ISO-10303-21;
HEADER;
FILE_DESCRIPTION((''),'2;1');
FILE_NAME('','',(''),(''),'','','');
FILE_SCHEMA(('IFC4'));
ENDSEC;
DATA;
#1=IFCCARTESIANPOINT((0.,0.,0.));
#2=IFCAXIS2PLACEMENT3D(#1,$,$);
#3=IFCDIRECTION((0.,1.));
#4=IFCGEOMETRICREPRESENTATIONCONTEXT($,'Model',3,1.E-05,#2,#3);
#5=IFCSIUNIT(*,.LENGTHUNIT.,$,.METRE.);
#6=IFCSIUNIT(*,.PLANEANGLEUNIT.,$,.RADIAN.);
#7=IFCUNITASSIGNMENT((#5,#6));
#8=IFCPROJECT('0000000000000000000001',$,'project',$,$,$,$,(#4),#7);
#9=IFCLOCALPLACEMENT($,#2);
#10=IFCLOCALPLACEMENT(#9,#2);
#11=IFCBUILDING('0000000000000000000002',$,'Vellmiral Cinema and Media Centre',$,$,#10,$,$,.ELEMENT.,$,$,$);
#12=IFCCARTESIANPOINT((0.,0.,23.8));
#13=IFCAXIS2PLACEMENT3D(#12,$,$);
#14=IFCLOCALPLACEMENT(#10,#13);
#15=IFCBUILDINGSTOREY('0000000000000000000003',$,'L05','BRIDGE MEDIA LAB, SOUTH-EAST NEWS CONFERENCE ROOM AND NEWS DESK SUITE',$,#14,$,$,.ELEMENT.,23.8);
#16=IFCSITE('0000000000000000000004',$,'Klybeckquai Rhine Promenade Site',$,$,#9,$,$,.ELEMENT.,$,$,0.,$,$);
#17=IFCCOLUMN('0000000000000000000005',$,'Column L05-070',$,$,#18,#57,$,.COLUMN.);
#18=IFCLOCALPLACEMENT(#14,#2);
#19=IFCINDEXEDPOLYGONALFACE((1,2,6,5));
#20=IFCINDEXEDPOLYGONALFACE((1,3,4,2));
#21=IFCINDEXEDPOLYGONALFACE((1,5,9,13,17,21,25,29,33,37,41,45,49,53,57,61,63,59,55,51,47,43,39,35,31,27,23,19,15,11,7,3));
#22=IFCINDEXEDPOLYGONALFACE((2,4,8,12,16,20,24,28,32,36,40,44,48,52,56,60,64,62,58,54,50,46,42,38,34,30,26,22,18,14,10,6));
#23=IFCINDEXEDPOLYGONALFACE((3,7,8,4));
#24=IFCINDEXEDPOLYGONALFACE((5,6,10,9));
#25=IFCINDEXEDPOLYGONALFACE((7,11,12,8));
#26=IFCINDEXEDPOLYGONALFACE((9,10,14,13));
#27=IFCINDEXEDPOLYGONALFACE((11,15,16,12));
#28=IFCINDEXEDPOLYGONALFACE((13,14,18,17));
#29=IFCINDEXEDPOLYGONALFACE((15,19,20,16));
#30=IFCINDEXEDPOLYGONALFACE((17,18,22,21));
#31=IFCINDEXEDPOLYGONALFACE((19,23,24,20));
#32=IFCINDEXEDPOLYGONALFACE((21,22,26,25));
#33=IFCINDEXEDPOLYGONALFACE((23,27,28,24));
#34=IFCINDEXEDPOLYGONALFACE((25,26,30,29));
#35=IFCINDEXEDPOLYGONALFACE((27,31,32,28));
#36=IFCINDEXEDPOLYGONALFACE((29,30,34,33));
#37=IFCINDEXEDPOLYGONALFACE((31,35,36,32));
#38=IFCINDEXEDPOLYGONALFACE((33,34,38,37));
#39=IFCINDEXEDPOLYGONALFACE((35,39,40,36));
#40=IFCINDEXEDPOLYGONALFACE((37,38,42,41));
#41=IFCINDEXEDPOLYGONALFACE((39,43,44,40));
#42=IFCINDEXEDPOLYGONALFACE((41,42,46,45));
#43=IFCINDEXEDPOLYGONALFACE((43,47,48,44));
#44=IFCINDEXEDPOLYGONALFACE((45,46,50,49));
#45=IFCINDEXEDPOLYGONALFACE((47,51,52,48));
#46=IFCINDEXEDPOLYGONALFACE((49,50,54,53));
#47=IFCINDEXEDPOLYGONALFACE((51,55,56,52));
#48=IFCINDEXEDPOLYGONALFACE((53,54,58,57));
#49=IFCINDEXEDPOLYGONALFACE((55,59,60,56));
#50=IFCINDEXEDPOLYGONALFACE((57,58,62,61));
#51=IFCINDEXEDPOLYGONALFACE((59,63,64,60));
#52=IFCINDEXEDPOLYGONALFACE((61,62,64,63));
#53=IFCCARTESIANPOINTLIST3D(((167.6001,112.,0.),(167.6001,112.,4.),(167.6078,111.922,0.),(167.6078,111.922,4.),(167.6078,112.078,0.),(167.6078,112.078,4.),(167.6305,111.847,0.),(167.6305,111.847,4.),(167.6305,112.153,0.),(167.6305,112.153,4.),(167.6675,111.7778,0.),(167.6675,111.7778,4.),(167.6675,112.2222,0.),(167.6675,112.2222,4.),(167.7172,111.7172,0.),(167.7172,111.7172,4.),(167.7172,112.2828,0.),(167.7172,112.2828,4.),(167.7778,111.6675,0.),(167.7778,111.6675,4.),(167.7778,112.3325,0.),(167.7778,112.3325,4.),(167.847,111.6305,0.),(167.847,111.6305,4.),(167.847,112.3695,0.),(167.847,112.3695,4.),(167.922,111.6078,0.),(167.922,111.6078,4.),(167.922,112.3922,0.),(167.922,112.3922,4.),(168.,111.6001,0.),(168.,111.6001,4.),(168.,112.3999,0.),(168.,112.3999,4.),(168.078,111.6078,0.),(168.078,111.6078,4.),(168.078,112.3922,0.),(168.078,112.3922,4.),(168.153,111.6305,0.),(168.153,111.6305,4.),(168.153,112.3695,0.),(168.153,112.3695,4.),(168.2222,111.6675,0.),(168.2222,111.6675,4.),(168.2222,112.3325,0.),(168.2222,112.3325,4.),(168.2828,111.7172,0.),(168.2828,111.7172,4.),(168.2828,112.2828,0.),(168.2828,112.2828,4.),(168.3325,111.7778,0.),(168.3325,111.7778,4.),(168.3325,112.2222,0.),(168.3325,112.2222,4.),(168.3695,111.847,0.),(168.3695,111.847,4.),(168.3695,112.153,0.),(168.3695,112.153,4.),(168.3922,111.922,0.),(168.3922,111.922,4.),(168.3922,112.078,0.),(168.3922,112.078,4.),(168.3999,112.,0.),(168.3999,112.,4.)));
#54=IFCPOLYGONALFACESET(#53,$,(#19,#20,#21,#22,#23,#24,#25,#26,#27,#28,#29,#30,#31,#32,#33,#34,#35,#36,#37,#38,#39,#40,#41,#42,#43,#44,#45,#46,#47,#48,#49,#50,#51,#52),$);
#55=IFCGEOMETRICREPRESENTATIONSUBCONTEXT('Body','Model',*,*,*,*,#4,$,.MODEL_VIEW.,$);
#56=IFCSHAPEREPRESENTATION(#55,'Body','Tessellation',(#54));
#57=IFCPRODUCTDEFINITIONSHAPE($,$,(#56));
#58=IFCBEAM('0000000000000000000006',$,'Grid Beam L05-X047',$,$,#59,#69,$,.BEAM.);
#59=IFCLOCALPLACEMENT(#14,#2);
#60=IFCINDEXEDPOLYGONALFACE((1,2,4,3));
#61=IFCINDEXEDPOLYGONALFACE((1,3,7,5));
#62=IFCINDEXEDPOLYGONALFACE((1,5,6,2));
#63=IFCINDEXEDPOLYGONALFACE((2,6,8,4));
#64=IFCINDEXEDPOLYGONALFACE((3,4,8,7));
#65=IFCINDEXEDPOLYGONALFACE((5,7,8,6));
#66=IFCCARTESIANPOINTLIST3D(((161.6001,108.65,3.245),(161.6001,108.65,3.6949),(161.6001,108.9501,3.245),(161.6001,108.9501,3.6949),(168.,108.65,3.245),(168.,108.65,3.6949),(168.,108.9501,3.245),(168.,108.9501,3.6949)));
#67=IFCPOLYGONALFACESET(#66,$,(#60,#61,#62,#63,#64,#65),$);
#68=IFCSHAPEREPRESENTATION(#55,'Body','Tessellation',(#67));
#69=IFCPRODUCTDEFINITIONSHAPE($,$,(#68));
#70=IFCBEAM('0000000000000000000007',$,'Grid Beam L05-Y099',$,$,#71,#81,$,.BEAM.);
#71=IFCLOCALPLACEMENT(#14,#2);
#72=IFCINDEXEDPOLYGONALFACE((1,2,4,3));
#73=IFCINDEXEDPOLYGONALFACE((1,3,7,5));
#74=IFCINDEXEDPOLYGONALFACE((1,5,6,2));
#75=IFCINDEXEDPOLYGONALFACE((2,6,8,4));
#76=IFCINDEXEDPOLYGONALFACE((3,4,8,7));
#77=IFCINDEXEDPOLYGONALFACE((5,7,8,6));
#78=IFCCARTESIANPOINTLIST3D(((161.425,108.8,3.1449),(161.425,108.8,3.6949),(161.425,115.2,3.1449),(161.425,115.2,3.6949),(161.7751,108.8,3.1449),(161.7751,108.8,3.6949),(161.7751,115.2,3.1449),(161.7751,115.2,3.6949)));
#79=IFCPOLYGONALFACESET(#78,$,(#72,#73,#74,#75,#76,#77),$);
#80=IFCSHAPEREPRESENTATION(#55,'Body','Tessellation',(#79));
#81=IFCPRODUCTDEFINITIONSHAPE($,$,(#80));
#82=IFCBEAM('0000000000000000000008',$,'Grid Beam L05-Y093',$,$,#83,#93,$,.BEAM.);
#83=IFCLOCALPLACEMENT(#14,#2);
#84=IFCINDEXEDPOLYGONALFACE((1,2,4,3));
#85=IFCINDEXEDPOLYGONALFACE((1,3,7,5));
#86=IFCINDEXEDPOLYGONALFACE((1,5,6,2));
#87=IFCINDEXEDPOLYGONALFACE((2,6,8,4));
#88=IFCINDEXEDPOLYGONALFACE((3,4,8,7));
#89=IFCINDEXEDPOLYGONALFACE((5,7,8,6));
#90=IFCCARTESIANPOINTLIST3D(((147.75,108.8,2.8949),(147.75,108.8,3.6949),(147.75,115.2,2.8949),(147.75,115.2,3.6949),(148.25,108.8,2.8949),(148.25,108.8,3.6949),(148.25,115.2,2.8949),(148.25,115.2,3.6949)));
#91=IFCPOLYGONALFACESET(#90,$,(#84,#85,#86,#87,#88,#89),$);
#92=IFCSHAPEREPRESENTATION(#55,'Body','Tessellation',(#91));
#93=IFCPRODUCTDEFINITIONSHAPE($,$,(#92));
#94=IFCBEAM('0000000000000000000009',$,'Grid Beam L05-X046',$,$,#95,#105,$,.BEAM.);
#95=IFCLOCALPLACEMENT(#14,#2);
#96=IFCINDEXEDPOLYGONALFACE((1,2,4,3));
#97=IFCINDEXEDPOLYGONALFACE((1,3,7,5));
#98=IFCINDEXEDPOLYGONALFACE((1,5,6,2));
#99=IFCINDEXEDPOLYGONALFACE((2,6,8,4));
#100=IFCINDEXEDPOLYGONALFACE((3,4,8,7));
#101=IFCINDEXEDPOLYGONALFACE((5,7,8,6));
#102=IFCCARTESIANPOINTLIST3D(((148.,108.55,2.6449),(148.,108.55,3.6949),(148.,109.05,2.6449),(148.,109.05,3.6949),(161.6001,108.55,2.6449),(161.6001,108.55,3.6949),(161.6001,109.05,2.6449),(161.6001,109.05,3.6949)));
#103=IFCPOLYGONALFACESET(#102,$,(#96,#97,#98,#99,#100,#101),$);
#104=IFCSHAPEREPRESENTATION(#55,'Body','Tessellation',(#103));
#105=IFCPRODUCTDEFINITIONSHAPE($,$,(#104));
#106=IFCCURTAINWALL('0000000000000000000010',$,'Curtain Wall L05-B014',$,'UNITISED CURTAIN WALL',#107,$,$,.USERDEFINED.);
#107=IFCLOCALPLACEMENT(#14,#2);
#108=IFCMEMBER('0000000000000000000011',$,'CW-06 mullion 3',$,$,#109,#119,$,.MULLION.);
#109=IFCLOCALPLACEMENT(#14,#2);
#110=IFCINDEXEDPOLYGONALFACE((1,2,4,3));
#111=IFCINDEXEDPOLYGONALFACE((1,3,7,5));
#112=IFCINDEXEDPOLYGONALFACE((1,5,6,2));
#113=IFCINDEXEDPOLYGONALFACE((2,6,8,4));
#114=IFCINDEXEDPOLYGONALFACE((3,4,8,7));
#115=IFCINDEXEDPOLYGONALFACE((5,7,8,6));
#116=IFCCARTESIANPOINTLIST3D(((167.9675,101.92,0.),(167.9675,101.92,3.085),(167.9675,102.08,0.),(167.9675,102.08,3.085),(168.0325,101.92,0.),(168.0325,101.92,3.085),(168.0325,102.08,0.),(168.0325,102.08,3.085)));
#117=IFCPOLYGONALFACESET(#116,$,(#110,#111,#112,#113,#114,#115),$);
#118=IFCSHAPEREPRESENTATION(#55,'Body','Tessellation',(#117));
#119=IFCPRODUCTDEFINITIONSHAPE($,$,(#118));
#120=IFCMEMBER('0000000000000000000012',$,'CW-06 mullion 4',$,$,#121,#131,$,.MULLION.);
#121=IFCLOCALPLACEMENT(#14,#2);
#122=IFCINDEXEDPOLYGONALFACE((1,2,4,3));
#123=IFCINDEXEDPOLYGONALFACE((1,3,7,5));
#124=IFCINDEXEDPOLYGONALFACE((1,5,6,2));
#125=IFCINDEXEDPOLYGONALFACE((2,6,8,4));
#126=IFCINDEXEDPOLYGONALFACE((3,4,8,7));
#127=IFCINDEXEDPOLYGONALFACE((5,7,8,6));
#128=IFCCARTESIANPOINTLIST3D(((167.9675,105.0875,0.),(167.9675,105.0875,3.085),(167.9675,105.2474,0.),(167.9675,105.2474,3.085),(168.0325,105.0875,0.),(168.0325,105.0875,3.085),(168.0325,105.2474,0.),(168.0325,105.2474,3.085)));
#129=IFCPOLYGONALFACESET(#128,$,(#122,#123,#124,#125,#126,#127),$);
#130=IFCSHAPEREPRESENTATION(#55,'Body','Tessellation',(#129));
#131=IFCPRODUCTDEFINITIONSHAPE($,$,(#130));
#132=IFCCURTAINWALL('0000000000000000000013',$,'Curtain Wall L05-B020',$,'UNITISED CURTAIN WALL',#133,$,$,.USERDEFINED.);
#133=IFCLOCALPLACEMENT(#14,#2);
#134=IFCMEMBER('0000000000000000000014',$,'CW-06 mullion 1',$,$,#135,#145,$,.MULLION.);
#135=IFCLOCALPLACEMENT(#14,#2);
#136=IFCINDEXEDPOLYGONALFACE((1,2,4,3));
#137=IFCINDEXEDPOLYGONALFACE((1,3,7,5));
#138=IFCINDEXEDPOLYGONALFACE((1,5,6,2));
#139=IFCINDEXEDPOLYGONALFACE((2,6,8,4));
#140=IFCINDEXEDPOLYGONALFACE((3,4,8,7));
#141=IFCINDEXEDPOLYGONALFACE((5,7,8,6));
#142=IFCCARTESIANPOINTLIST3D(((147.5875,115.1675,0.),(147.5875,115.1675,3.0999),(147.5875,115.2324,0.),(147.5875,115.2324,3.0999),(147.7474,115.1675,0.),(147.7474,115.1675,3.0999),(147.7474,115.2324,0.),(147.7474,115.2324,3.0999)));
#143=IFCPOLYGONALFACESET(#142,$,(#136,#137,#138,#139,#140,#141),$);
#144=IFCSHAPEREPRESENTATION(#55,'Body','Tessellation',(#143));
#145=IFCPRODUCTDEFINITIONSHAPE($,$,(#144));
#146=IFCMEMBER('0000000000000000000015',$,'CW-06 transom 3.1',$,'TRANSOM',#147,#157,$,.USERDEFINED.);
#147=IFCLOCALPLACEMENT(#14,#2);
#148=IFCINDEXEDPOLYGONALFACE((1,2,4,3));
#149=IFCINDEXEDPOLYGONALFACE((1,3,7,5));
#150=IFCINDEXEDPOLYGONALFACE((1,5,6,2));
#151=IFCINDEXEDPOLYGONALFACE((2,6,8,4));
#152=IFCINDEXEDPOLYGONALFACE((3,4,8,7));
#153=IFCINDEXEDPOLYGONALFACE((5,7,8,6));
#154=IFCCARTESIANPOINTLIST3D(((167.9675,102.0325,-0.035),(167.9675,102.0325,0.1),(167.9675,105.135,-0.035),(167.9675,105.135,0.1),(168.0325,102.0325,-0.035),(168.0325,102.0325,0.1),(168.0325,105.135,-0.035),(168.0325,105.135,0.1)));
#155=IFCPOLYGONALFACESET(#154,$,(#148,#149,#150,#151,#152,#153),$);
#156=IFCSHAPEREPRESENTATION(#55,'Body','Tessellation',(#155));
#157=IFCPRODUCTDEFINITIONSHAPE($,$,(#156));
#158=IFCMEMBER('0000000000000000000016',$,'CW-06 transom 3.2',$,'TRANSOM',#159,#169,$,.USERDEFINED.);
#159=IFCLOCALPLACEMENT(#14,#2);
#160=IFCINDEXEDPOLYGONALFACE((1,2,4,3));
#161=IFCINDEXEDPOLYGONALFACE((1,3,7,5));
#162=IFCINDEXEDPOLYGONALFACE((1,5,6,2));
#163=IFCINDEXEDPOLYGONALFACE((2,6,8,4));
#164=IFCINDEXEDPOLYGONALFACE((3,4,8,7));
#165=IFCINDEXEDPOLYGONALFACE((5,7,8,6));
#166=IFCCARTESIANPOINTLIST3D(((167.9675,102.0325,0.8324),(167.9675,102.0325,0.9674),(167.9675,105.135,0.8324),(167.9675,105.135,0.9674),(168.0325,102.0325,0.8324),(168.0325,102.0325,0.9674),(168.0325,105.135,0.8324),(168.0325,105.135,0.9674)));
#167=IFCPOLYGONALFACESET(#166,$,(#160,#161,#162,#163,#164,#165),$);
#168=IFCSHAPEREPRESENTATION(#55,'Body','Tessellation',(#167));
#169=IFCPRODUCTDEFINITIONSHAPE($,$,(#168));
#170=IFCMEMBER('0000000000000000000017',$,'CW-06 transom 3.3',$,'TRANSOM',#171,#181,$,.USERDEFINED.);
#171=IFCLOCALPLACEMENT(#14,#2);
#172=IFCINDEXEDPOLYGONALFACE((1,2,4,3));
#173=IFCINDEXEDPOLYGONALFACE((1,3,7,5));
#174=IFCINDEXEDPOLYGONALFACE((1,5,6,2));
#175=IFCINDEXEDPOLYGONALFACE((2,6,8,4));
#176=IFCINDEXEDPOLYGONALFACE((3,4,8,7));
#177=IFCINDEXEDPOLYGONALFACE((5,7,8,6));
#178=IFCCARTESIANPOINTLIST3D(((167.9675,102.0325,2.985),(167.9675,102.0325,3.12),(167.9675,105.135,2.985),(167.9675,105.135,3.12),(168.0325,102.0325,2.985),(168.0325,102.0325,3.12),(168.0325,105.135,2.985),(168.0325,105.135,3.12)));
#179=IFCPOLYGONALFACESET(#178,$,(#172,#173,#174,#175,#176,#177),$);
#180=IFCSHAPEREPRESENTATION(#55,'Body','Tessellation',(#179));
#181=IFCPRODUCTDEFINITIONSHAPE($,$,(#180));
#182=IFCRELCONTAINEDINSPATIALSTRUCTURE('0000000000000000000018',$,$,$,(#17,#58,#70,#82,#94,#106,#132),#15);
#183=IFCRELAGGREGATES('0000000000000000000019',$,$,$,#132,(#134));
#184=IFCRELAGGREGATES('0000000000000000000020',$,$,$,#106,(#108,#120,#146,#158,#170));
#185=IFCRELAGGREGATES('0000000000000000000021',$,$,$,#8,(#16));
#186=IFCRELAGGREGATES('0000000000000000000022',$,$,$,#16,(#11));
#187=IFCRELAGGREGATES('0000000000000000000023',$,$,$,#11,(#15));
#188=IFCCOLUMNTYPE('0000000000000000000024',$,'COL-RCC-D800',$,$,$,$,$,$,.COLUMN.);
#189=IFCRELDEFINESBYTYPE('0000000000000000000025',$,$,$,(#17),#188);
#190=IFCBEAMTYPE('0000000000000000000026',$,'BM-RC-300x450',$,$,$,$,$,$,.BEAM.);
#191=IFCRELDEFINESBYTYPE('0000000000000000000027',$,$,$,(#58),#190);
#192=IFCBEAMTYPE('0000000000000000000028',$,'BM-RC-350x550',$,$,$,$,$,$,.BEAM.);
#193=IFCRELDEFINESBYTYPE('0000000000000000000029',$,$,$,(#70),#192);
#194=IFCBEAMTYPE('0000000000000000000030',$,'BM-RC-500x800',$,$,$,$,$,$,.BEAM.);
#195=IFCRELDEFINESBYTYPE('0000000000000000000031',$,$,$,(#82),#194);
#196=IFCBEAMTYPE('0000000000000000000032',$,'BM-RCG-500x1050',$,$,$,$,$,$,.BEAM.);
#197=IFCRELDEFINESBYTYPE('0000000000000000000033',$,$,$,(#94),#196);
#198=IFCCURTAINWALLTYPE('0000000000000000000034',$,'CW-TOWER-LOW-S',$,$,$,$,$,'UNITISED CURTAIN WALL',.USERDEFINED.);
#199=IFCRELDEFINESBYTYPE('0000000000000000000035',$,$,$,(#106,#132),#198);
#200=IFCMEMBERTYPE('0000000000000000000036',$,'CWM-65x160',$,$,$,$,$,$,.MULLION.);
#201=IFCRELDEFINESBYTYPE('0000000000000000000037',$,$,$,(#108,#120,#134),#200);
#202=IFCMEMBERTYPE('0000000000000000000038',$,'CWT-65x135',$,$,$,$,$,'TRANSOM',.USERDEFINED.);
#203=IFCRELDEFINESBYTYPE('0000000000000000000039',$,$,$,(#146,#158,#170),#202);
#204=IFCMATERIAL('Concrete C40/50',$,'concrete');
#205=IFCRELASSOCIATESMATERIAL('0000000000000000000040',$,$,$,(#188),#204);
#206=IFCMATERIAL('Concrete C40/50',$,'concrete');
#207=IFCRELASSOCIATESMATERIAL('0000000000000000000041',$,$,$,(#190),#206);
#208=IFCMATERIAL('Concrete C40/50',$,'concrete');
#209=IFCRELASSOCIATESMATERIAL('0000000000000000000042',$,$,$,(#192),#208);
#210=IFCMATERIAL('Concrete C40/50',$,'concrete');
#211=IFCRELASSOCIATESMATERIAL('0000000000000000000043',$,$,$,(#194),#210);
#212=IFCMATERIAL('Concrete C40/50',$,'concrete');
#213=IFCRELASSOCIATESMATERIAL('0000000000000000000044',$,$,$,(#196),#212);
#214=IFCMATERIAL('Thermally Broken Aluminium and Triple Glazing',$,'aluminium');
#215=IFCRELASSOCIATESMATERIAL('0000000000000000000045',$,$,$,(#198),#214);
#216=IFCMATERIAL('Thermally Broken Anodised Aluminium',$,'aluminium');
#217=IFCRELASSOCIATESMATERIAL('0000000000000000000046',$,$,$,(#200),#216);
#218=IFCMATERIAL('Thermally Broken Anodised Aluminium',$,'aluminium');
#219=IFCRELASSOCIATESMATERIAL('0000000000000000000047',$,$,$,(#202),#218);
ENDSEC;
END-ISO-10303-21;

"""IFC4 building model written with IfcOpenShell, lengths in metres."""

from ifc_helpers import new_model, si_unit, direction, frame, origin, origin_2d, place, context, subcontext, project, spatial, rectangle, circle, extrude, material, material_profile, profile_set, type_object, element, aggregate, save


model = new_model("IFC4")

# Units and contexts
model_context = context("Model", 3, precision=1e-05, world=origin(), true_north=direction((0.0, 1.0)))
body_context = subcontext(model_context, "Body", "Model", "MODEL_VIEW")
ifc_project = project(units=[si_unit("LENGTHUNIT", "METRE"), si_unit("PLANEANGLEUNIT", "RADIAN")], contexts=[model_context])

# Site, building, storey
site_placement = place(None, origin())
site = spatial("IfcSite", under=ifc_project, at=site_placement, Name="Klybeckquai Rhine Promenade Site", CompositionType="ELEMENT", RefElevation=0.0)
building_placement = place(site_placement, origin())
building = spatial("IfcBuilding", under=site, at=building_placement, Name="Vellmiral Cinema and Media Centre", CompositionType="ELEMENT")
storey_placement = place(building_placement, frame((0.0, 0.0, 23.8)))
storey = spatial("IfcBuildingStorey", under=building, at=storey_placement, Name="L05", Description="BRIDGE MEDIA LAB, SOUTH-EAST NEWS CONFERENCE ROOM AND NEWS DESK SUITE", CompositionType="ELEMENT", Elevation=23.8)

# Column
ifc_material_1 = material(Name="Concrete C40/50", Category="concrete")
ifc_material_profile_1 = material_profile(ifc_material_1, circle(Radius=0.3999, at=origin_2d()), Name="RC D800")
ifc_profile_set_1 = profile_set([ifc_material_profile_1], Name="Concrete C40/50")
column_type_1 = type_object("IfcColumnType", Name="COL-RCC-D800", PredefinedType="COLUMN", material=ifc_profile_set_1)
for number, where, z_axis, x_axis, name in (
    (1, (168.0, 112.0, 0.0), (0.0, 0.0, 1.0), (1.0, 0.0, 0.0), "Column L05-070"),
):
    element("IfcColumn", number, at=place(storey_placement, frame(where, z_axis=z_axis, x_axis=x_axis)), inside=storey, type_object=column_type_1, Name=name, PredefinedType="COLUMN", context=body_context, shape_type="SweptSolid", body=[
        extrude(circle(Radius=0.3999, at=origin_2d()), origin(), (0.0, 0.0, 1.0), 4.0),
    ])

# Beams
ifc_material_2 = material(Name="Concrete C40/50", Category="concrete")
ifc_material_profile_2 = material_profile(ifc_material_2, rectangle(XDim=0.3, YDim=0.45, at=origin_2d()), Name="RC 300x450")
ifc_profile_set_2 = profile_set([ifc_material_profile_2], Name="Concrete C40/50")
beam_type_1 = type_object("IfcBeamType", Name="BM-RC-300x450", PredefinedType="BEAM", material=ifc_profile_set_2)
beam_1_placement = place(storey_placement, frame((161.6001, 108.8, 3.47), z_axis=(1.0, 0.0, 0.0), x_axis=(0.0, 1.0, 0.0)))
element("IfcBeam", 2, at=beam_1_placement, inside=storey, type_object=beam_type_1, Name="Grid Beam L05-X047", PredefinedType="BEAM", context=body_context, shape_type="SweptSolid", body=[
    extrude(rectangle(XDim=0.3, YDim=0.45, at=origin_2d()), origin(), (0.0, 0.0, 1.0), 6.3999),
])
ifc_material_3 = material(Name="Concrete C40/50", Category="concrete")
ifc_material_profile_3 = material_profile(ifc_material_3, rectangle(XDim=0.3501, YDim=0.55, at=origin_2d()), Name="RC 350x550")
ifc_profile_set_3 = profile_set([ifc_material_profile_3], Name="Concrete C40/50")
beam_type_2 = type_object("IfcBeamType", Name="BM-RC-350x550", PredefinedType="BEAM", material=ifc_profile_set_3)
beam_2_placement = place(storey_placement, frame((161.6001, 108.8, 3.4199), z_axis=(0.0, 1.0, 0.0), x_axis=(-1.0, 0.0, 0.0)))
element("IfcBeam", 3, at=beam_2_placement, inside=storey, type_object=beam_type_2, Name="Grid Beam L05-Y099", PredefinedType="BEAM", context=body_context, shape_type="SweptSolid", body=[
    extrude(rectangle(XDim=0.3501, YDim=0.55, at=origin_2d()), origin(), (0.0, 0.0, 1.0), 6.3999),
])
ifc_material_4 = material(Name="Concrete C40/50", Category="concrete")
ifc_material_profile_4 = material_profile(ifc_material_4, rectangle(XDim=0.5, YDim=0.8, at=origin_2d()), Name="RC 500x800")
ifc_profile_set_4 = profile_set([ifc_material_profile_4], Name="Concrete C40/50")
beam_type_3 = type_object("IfcBeamType", Name="BM-RC-500x800", PredefinedType="BEAM", material=ifc_profile_set_4)
beam_3_placement = place(storey_placement, frame((148.0, 108.8, 3.2949), z_axis=(0.0, 1.0, 0.0), x_axis=(-1.0, 0.0, 0.0)))
element("IfcBeam", 4, at=beam_3_placement, inside=storey, type_object=beam_type_3, Name="Grid Beam L05-Y093", PredefinedType="BEAM", context=body_context, shape_type="SweptSolid", body=[
    extrude(rectangle(XDim=0.5, YDim=0.8, at=origin_2d()), origin(), (0.0, 0.0, 1.0), 6.3999),
])
ifc_material_5 = material(Name="Concrete C40/50", Category="concrete")
ifc_material_profile_5 = material_profile(ifc_material_5, rectangle(XDim=0.5, YDim=1.05, at=origin_2d()), Name="RC 500x1050")
ifc_profile_set_5 = profile_set([ifc_material_profile_5], Name="Concrete C40/50")
beam_type_4 = type_object("IfcBeamType", Name="BM-RCG-500x1050", PredefinedType="BEAM", material=ifc_profile_set_5)
beam_4_placement = place(storey_placement, frame((148.0, 108.8, 3.1699), z_axis=(1.0, 0.0, 0.0), x_axis=(0.0, 1.0, 0.0)))
element("IfcBeam", 5, at=beam_4_placement, inside=storey, type_object=beam_type_4, Name="Grid Beam L05-X046", PredefinedType="BEAM", context=body_context, shape_type="SweptSolid", body=[
    extrude(rectangle(XDim=0.5, YDim=1.05, at=origin_2d()), origin(), (0.0, 0.0, 1.0), 13.6001),
])

# Curtain wall, members
ifc_material_6 = material(Name="Thermally Broken Aluminium and Triple Glazing", Category="aluminium")
curtain_wall_type = type_object("IfcCurtainWallType", Name="CW-TOWER-LOW-S", ElementType="UNITISED CURTAIN WALL", PredefinedType="USERDEFINED", material=ifc_material_6)
curtain_wall_1_placement = place(storey_placement, origin())
curtain_wall_1 = element("IfcCurtainWall", 6, at=curtain_wall_1_placement, inside=storey, type_object=curtain_wall_type, Name="Curtain Wall L05-B014", ObjectType="UNITISED CURTAIN WALL", PredefinedType="USERDEFINED")
ifc_material_7 = material(Name="Thermally Broken Anodised Aluminium", Category="aluminium")
ifc_material_profile_6 = material_profile(ifc_material_7, rectangle(XDim=0.0649, YDim=0.1599, at=origin_2d()), Name="MULL 65x160")
ifc_profile_set_6 = profile_set([ifc_material_profile_6], Name="Thermally Broken Anodised Aluminium")
member_type_1 = type_object("IfcMemberType", Name="CWM-65x160", PredefinedType="MULLION", material=ifc_profile_set_6)
member_1_placement = place(storey_placement, frame((168.0, 102.0, 0.0), z_axis=(0.0, 0.0, 1.0), x_axis=(-1.0, 0.0, 0.0)))
member_1 = element("IfcMember", 7, at=member_1_placement, type_object=member_type_1, Name="CW-06 mullion 3", PredefinedType="MULLION", context=body_context, shape_type="SweptSolid", body=[
    extrude(rectangle(XDim=0.0649, YDim=0.1599, at=origin_2d()), origin(), (0.0, 0.0, 1.0), 3.085),
])
member_2_placement = place(storey_placement, frame((168.0, 105.1675, 0.0), z_axis=(0.0, 0.0, 1.0), x_axis=(-1.0, 0.0, 0.0)))
member_2 = element("IfcMember", 8, at=member_2_placement, type_object=member_type_1, Name="CW-06 mullion 4", PredefinedType="MULLION", context=body_context, shape_type="SweptSolid", body=[
    extrude(rectangle(XDim=0.0649, YDim=0.1599, at=origin_2d()), origin(), (0.0, 0.0, 1.0), 3.085),
])

# Curtain wall, member
curtain_wall_2_placement = place(storey_placement, origin())
curtain_wall_2 = element("IfcCurtainWall", 9, at=curtain_wall_2_placement, inside=storey, type_object=curtain_wall_type, Name="Curtain Wall L05-B020", ObjectType="UNITISED CURTAIN WALL", PredefinedType="USERDEFINED")
member_3_placement = place(storey_placement, frame((147.6675, 115.2, 0.0), z_axis=(0.0, 0.0, 1.0), x_axis=(0.0, -1.0, 0.0)))
member_3 = element("IfcMember", 10, at=member_3_placement, type_object=member_type_1, Name="CW-06 mullion 1", PredefinedType="MULLION", context=body_context, shape_type="SweptSolid", body=[
    extrude(rectangle(XDim=0.0649, YDim=0.1599, at=origin_2d()), origin(), (0.0, 0.0, 1.0), 3.0999),
])
aggregate(curtain_wall_2, [member_3])

# Members
ifc_material_8 = material(Name="Thermally Broken Anodised Aluminium", Category="aluminium")
ifc_material_profile_7 = material_profile(ifc_material_8, rectangle(XDim=0.0649, YDim=0.135, at=origin_2d()), Name="MULL 65x135")
ifc_profile_set_7 = profile_set([ifc_material_profile_7], Name="Thermally Broken Anodised Aluminium")
member_type_2 = type_object("IfcMemberType", Name="CWT-65x135", ElementType="TRANSOM", PredefinedType="USERDEFINED", material=ifc_profile_set_7)
member_4_placement = place(storey_placement, frame((168.0, 102.0325, 0.0325), z_axis=(0.0, 1.0, 0.0), x_axis=(-1.0, 0.0, 0.0)))
member_4 = element("IfcMember", 11, at=member_4_placement, type_object=member_type_2, Name="CW-06 transom 3.1", ObjectType="TRANSOM", PredefinedType="USERDEFINED", context=body_context, shape_type="SweptSolid", body=[
    extrude(rectangle(XDim=0.0649, YDim=0.135, at=origin_2d()), origin(), (0.0, 0.0, 1.0), 3.1025),
])
member_5_placement = place(storey_placement, frame((168.0, 102.0325, 0.8999), z_axis=(0.0, 1.0, 0.0), x_axis=(-1.0, 0.0, 0.0)))
member_5 = element("IfcMember", 12, at=member_5_placement, type_object=member_type_2, Name="CW-06 transom 3.2", ObjectType="TRANSOM", PredefinedType="USERDEFINED", context=body_context, shape_type="SweptSolid", body=[
    extrude(rectangle(XDim=0.0649, YDim=0.135, at=origin_2d()), origin(), (0.0, 0.0, 1.0), 3.1025),
])
member_6_placement = place(storey_placement, frame((168.0, 102.0325, 3.0525), z_axis=(0.0, 1.0, 0.0), x_axis=(-1.0, 0.0, 0.0)))
member_6 = element("IfcMember", 13, at=member_6_placement, type_object=member_type_2, Name="CW-06 transom 3.3", ObjectType="TRANSOM", PredefinedType="USERDEFINED", context=body_context, shape_type="SweptSolid", body=[
    extrude(rectangle(XDim=0.0649, YDim=0.135, at=origin_2d()), origin(), (0.0, 0.0, 1.0), 3.1025),
])

aggregate(curtain_wall_1, [member_1, member_2, member_4, member_5, member_6])

save(model, "model.ifc")
